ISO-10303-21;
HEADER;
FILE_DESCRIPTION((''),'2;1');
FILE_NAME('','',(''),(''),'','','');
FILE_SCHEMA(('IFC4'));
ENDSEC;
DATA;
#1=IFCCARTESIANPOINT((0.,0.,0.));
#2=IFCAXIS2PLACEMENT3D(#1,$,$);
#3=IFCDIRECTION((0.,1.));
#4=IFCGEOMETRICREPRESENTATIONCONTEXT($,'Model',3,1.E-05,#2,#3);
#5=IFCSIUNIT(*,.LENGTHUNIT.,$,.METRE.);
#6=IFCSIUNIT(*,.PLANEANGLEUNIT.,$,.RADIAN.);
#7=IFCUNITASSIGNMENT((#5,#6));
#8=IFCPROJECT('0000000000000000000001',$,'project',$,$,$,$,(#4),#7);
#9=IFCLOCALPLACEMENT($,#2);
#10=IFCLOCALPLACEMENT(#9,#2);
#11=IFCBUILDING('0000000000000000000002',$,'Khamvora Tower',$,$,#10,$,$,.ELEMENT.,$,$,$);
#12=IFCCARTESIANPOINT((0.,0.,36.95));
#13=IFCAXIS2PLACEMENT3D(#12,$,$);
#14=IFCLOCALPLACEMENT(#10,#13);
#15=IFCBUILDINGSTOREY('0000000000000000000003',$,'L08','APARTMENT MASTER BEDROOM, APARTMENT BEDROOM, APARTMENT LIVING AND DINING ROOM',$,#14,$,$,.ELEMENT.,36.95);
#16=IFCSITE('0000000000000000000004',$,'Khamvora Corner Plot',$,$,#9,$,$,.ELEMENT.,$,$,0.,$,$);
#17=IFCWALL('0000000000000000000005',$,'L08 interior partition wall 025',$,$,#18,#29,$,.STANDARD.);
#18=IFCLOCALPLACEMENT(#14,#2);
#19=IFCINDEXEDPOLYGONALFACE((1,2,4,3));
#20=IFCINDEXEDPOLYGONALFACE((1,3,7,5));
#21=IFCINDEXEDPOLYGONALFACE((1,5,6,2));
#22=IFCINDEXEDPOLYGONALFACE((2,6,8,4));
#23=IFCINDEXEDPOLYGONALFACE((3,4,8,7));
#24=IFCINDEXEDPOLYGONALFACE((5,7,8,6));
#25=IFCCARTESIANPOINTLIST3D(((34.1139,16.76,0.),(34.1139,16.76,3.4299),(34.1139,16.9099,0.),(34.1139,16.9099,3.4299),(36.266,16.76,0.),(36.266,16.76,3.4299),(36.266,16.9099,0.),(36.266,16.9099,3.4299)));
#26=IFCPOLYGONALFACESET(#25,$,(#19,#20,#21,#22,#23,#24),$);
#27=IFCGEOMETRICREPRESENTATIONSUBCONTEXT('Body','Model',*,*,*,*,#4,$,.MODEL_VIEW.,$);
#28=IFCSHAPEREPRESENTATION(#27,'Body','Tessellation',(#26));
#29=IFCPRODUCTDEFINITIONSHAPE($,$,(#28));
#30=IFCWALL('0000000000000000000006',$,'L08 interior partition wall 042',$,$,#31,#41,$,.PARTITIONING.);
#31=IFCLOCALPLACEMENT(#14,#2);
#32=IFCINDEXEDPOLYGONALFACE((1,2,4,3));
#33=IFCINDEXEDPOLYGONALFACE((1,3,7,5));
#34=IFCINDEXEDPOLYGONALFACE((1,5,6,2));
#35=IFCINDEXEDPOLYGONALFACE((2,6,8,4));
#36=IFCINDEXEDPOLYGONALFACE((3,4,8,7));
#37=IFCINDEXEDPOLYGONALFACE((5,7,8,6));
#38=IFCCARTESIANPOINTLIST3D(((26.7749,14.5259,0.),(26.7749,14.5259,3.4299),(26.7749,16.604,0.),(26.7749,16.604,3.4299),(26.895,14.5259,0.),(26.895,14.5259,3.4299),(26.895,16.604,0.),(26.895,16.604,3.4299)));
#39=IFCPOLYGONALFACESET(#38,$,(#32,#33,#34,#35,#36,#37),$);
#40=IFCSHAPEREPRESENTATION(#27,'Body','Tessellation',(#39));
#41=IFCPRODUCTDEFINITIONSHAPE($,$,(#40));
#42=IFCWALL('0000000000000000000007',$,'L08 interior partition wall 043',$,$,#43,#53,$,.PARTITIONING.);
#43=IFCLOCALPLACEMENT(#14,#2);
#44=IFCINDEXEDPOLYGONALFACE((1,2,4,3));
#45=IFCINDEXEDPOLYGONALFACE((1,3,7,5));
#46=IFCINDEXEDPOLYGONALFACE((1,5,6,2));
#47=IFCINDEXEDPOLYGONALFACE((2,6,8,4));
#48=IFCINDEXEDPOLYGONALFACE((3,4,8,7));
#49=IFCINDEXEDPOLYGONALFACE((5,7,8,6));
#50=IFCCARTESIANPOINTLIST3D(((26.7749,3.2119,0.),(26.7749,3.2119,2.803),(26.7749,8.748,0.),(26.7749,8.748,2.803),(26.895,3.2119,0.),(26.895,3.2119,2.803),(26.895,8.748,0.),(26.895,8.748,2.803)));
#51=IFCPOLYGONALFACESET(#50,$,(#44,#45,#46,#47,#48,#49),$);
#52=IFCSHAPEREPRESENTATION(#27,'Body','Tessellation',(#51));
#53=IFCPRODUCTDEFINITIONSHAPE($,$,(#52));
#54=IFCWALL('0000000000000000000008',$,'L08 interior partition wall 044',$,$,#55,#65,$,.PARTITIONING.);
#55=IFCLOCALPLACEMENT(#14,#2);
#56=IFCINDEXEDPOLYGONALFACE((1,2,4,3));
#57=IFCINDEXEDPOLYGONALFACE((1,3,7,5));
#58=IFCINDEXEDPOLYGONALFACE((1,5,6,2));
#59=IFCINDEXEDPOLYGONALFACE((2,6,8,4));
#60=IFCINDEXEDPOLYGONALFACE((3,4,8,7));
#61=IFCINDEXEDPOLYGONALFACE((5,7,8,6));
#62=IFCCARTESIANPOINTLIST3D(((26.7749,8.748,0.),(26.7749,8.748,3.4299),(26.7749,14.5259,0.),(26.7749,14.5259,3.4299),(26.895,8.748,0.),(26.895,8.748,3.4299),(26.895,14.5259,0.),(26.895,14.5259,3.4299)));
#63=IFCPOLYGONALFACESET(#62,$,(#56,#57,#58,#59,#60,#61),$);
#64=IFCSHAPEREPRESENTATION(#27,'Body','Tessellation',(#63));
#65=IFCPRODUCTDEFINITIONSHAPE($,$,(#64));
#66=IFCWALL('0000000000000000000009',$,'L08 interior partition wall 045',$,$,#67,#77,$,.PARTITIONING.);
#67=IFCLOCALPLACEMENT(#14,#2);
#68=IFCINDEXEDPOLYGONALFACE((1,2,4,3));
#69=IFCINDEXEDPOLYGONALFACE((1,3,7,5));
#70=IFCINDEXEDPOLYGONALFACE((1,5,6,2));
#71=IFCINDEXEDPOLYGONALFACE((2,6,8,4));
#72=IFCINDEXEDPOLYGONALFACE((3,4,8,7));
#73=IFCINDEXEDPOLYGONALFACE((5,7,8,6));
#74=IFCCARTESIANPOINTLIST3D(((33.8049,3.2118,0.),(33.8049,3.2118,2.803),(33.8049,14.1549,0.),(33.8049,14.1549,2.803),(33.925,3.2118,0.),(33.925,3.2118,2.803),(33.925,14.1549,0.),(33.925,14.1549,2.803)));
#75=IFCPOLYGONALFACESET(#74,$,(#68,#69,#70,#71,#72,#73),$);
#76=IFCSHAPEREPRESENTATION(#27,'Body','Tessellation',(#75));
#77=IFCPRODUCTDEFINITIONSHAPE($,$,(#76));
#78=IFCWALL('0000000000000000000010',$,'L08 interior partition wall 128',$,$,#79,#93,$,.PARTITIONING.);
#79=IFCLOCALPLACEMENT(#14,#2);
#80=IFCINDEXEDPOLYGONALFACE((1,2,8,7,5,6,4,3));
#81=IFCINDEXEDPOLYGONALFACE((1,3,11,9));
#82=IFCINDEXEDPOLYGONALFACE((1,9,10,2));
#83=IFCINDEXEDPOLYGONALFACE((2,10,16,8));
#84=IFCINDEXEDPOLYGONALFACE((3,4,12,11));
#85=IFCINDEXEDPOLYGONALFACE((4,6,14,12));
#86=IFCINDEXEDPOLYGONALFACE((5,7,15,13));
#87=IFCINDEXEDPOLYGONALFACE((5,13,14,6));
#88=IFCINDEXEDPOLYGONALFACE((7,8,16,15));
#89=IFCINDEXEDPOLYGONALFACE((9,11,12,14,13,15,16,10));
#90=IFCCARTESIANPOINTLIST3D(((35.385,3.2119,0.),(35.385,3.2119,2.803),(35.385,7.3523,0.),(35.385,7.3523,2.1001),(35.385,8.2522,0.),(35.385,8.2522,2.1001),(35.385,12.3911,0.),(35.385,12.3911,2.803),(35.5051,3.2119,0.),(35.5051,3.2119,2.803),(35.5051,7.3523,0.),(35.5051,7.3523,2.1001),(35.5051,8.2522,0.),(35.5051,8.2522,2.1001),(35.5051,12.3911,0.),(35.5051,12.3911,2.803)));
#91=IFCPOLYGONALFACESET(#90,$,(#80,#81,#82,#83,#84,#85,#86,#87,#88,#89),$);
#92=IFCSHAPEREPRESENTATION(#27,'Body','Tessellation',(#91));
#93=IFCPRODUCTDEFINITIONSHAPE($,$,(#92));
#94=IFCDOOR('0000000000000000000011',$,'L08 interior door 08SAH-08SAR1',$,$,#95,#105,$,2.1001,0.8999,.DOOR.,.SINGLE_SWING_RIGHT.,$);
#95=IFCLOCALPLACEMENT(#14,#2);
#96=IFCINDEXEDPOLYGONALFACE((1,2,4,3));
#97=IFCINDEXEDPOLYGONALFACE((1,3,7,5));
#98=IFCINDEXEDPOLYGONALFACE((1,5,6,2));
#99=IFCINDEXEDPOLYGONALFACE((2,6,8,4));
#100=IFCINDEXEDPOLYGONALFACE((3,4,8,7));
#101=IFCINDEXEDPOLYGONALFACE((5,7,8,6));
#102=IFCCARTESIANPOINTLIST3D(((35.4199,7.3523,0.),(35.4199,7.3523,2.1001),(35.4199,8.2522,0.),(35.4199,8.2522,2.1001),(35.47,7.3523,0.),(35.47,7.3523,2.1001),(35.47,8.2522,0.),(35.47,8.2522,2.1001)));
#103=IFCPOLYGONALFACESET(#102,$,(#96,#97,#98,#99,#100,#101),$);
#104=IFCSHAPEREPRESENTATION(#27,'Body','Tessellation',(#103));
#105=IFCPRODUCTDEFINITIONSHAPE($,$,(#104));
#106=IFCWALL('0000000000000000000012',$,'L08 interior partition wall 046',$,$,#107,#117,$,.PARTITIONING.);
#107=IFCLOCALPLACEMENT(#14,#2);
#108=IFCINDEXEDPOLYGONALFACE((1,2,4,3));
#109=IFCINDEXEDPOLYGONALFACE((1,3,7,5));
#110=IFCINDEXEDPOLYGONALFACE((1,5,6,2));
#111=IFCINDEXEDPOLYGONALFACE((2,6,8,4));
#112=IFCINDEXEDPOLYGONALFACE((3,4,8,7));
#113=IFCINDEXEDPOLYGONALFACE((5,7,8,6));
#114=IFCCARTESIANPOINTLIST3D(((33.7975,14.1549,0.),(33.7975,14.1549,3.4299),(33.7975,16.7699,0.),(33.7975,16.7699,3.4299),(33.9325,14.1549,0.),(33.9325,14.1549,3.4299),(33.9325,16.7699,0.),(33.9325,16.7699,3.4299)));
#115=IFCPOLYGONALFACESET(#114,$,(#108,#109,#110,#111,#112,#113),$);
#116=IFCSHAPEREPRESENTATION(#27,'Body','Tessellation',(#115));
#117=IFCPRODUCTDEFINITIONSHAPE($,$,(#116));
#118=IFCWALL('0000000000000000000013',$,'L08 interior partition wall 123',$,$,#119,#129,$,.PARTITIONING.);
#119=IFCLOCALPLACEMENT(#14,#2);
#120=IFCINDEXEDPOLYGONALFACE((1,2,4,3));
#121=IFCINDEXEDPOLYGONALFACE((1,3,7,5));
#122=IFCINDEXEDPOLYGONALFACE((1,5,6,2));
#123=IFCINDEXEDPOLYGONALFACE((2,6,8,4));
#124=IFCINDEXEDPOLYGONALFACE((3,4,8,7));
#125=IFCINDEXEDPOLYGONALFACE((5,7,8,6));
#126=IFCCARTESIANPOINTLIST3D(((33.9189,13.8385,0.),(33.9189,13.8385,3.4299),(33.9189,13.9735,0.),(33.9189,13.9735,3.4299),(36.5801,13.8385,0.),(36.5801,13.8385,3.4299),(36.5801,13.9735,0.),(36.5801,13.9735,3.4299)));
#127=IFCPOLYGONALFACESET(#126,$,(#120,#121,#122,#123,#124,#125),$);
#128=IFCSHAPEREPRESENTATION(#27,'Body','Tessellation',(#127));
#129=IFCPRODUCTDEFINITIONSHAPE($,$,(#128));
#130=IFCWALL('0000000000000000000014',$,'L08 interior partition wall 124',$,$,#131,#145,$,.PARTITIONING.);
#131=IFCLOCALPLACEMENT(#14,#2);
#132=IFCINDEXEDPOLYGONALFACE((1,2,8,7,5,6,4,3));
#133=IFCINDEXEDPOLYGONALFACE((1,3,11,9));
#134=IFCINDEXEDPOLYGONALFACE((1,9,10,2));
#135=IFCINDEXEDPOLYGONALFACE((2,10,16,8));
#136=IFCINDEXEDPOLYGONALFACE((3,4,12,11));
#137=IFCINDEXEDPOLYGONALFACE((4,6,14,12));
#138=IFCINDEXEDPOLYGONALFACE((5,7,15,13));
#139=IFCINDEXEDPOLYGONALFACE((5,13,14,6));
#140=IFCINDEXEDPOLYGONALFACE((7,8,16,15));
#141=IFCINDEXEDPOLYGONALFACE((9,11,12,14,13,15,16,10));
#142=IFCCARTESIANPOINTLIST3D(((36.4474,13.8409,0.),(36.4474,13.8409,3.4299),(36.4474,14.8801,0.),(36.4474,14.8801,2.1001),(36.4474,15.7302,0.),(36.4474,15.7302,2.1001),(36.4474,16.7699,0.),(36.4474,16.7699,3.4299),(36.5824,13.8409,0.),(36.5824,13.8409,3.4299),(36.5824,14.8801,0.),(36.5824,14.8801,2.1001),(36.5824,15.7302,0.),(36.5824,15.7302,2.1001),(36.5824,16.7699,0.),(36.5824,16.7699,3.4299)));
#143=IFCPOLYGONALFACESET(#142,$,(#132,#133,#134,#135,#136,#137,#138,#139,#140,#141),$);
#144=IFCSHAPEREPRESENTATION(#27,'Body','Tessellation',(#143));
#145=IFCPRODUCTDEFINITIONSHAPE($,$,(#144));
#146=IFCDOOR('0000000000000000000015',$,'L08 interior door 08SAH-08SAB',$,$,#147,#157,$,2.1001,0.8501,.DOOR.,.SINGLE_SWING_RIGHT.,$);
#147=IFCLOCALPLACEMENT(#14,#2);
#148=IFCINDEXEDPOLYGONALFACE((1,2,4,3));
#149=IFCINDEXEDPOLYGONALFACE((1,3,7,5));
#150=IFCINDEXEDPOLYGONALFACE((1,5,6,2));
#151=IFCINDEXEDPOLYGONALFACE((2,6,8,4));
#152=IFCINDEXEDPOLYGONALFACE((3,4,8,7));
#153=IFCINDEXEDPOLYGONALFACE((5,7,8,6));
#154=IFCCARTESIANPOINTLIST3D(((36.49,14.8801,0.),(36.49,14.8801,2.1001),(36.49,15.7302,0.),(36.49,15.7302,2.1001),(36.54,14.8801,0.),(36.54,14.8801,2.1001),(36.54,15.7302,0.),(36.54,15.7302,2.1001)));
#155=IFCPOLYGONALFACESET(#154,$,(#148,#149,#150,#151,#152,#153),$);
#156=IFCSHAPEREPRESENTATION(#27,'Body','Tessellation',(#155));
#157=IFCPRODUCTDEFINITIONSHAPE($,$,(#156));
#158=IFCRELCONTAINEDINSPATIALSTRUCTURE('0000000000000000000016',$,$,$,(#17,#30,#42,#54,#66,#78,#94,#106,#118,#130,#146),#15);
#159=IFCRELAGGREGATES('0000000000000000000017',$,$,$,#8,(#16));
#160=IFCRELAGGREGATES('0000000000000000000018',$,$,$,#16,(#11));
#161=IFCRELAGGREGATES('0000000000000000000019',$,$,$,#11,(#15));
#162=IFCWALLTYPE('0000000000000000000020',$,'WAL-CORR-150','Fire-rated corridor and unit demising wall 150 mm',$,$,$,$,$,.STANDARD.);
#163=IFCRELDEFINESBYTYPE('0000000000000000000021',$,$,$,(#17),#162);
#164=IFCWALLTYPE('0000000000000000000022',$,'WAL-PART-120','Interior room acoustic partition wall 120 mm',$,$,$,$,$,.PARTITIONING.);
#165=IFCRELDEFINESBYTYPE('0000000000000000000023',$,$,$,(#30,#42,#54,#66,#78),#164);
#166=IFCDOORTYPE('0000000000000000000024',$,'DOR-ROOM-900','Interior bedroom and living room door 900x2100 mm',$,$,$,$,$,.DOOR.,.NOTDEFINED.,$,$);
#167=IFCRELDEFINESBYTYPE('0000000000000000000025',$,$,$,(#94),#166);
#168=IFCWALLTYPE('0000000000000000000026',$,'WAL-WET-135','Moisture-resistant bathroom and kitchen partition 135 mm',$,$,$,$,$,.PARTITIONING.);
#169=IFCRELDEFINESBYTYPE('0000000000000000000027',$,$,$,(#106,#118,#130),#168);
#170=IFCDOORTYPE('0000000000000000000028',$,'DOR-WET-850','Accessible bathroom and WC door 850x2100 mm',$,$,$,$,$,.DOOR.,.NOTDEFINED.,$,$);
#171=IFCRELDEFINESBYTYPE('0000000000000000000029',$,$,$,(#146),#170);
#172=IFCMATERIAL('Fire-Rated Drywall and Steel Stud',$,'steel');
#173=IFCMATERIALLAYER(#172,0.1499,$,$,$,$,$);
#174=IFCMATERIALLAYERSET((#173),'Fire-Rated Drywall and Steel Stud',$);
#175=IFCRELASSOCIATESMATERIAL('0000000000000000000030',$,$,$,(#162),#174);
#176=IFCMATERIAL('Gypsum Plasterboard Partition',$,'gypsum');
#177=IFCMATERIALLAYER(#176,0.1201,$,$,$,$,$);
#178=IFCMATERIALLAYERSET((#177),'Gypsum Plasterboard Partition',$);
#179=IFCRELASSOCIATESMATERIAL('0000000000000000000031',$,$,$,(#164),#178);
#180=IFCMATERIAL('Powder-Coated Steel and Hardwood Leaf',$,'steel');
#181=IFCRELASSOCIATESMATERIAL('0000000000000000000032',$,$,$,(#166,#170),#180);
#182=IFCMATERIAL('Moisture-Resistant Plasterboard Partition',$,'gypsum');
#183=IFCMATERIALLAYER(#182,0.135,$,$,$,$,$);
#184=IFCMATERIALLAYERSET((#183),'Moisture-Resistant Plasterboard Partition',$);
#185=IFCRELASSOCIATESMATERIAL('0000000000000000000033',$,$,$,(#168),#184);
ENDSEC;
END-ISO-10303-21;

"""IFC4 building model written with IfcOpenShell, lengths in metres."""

from ifc_helpers import new_model, si_unit, direction, frame, frame_2d, origin, place, context, subcontext, project, spatial, rectangle, extrude, material, layer, layer_set, type_object, element, fill, save


model = new_model("IFC4")

# Units and contexts
model_context = context("Model", 3, precision=1e-05, world=origin(), true_north=direction((0.0, 1.0)))
body_context = subcontext(model_context, "Body", "Model", "MODEL_VIEW")
ifc_project = project(units=[si_unit("LENGTHUNIT", "METRE"), si_unit("PLANEANGLEUNIT", "RADIAN")], contexts=[model_context])

# Site, building, storey
site_placement = place(None, origin())
site = spatial("IfcSite", under=ifc_project, at=site_placement, Name="Khamvora Corner Plot", CompositionType="ELEMENT", RefElevation=0.0)
building_placement = place(site_placement, origin())
building = spatial("IfcBuilding", under=site, at=building_placement, Name="Khamvora Tower", CompositionType="ELEMENT")
storey_placement = place(building_placement, frame((0.0, 0.0, 36.95)))
storey = spatial("IfcBuildingStorey", under=building, at=storey_placement, Name="L08", Description="APARTMENT MASTER BEDROOM, APARTMENT BEDROOM, APARTMENT LIVING AND DINING ROOM", CompositionType="ELEMENT", Elevation=36.95)

# Shared definitions
ifc_material_1 = material(Name="Fire-Rated Drywall and Steel Stud", Category="steel")
ifc_layer_1 = layer(ifc_material_1, 0.1499)
ifc_layer_set_1 = layer_set([ifc_layer_1], Name="Fire-Rated Drywall and Steel Stud")
wall_type_1 = type_object("IfcWallType", Name="WAL-CORR-150", Description="Fire-rated corridor and unit demising wall 150 mm", PredefinedType="STANDARD", material=ifc_layer_set_1)
ifc_material_2 = material(Name="Powder-Coated Steel and Hardwood Leaf", Category="steel")

# Walls
wall_1_placement = place(storey_placement, frame((36.2661, 16.835, 0.0), z_axis=(0.0, 0.0, 1.0), x_axis=(-1.0, 0.0, 0.0)))
element("IfcWall", 1, at=wall_1_placement, inside=storey, type_object=wall_type_1, Name="L08 interior partition wall 025", PredefinedType="STANDARD", context=body_context, shape_type="SweptSolid", body=[
    extrude(rectangle(XDim=2.1521, YDim=0.1499, at=frame_2d((1.0762, 0.0))), origin(), (0.0, 0.0, 1.0), 3.4299),
])
ifc_material_3 = material(Name="Gypsum Plasterboard Partition", Category="gypsum")
ifc_layer_2 = layer(ifc_material_3, 0.1201)
ifc_layer_set_2 = layer_set([ifc_layer_2], Name="Gypsum Plasterboard Partition")
wall_type_2 = type_object("IfcWallType", Name="WAL-PART-120", Description="Interior room acoustic partition wall 120 mm", PredefinedType="PARTITIONING", material=ifc_layer_set_2)
wall_2_placement = place(storey_placement, frame((26.835, 14.5259, 0.0), z_axis=(0.0, 0.0, 1.0), x_axis=(0.0, 1.0, 0.0)))
element("IfcWall", 2, at=wall_2_placement, inside=storey, type_object=wall_type_2, Name="L08 interior partition wall 042", PredefinedType="PARTITIONING", context=body_context, shape_type="SweptSolid", body=[
    extrude(rectangle(XDim=2.0781, YDim=0.1201, at=frame_2d((1.0391, 0.0))), origin(), (0.0, 0.0, 1.0), 3.4299),
])
wall_3_placement = place(storey_placement, frame((26.835, 3.2119, 0.0), z_axis=(0.0, 0.0, 1.0), x_axis=(0.0, 1.0, 0.0)))
element("IfcWall", 3, at=wall_3_placement, inside=storey, type_object=wall_type_2, Name="L08 interior partition wall 043", PredefinedType="PARTITIONING", context=body_context, shape_type="SweptSolid", body=[
    extrude(rectangle(XDim=5.5361, YDim=0.1201, at=frame_2d((2.7681, 0.0))), origin(), (0.0, 0.0, 1.0), 2.803),
])
wall_4_placement = place(storey_placement, frame((26.835, 8.748, 0.0), z_axis=(0.0, 0.0, 1.0), x_axis=(0.0, 1.0, 0.0)))
element("IfcWall", 4, at=wall_4_placement, inside=storey, type_object=wall_type_2, Name="L08 interior partition wall 044", PredefinedType="PARTITIONING", context=body_context, shape_type="SweptSolid", body=[
    extrude(rectangle(XDim=5.7778, YDim=0.1201, at=frame_2d((2.8889, 0.0))), origin(), (0.0, 0.0, 1.0), 3.4299),
])
wall_5_placement = place(storey_placement, frame((33.865, 14.155, 0.0), z_axis=(0.0, 0.0, 1.0), x_axis=(0.0, -1.0, 0.0)))
element("IfcWall", 5, at=wall_5_placement, inside=storey, type_object=wall_type_2, Name="L08 interior partition wall 045", PredefinedType="PARTITIONING", context=body_context, shape_type="SweptSolid", body=[
    extrude(rectangle(XDim=10.9431, YDim=0.1201, at=frame_2d((5.4717, 0.0))), origin(), (0.0, 0.0, 1.0), 2.803),
])

# Wall, opening, door
wall_6_placement = place(storey_placement, frame((35.4451, 12.3911, 0.0), z_axis=(0.0, 0.0, 1.0), x_axis=(0.0, -1.0, 0.0)))
wall_6 = element("IfcWall", 6, at=wall_6_placement, inside=storey, type_object=wall_type_2, Name="L08 interior partition wall 128", PredefinedType="PARTITIONING", context=body_context, shape_type="SweptSolid", body=[
    extrude(rectangle(XDim=9.1792, YDim=0.1201, at=frame_2d((4.5896, 0.0))), origin(), (0.0, 0.0, 1.0), 2.803),
])
opening_1_placement = place(wall_6_placement, frame((4.1389, 0.0, 0.0)))
opening_1 = element("IfcOpeningElement", 7, at=opening_1_placement, cuts=wall_6, PredefinedType="OPENING", context=body_context, shape_type="SweptSolid", body=[
    extrude(rectangle(XDim=0.8999, YDim=2.1001, at=frame_2d((0.45, 1.05))), frame((0.0, 0.0701, 0.0), z_axis=(0.0, -1.0, 0.0), x_axis=(1.0, 0.0, 0.0)), (0.0, 0.0, 1.0), 0.1401),
])
door_type_1 = type_object("IfcDoorType", Name="DOR-ROOM-900", Description="Interior bedroom and living room door 900x2100 mm", OperationType="NOTDEFINED", PredefinedType="DOOR", material=ifc_material_2)
door_1_placement = place(opening_1_placement, origin())
door_1 = element("IfcDoor", 8, at=door_1_placement, inside=storey, type_object=door_type_1, Name="L08 interior door 08SAH-08SAR1", OperationType="SINGLE_SWING_RIGHT", OverallHeight=2.1001, OverallWidth=0.8999, PredefinedType="DOOR", context=body_context, shape_type="SweptSolid", body=[
    extrude(rectangle(XDim=0.8999, YDim=2.1001, at=frame_2d((0.45, 1.05))), frame((0.0, 0.0249, 0.0), z_axis=(0.0, -1.0, 0.0), x_axis=(1.0, 0.0, 0.0)), (0.0, 0.0, 1.0), 0.05),
])
fill(opening_1, door_1)

# Walls
ifc_material_4 = material(Name="Moisture-Resistant Plasterboard Partition", Category="gypsum")
ifc_layer_3 = layer(ifc_material_4, 0.135)
ifc_layer_set_3 = layer_set([ifc_layer_3], Name="Moisture-Resistant Plasterboard Partition")
wall_type_3 = type_object("IfcWallType", Name="WAL-WET-135", Description="Moisture-resistant bathroom and kitchen partition 135 mm", PredefinedType="PARTITIONING", material=ifc_layer_set_3)
wall_7_placement = place(storey_placement, frame((33.865, 16.77, 0.0), z_axis=(0.0, 0.0, 1.0), x_axis=(0.0, -1.0, 0.0)))
element("IfcWall", 9, at=wall_7_placement, inside=storey, type_object=wall_type_3, Name="L08 interior partition wall 046", PredefinedType="PARTITIONING", context=body_context, shape_type="SweptSolid", body=[
    extrude(rectangle(XDim=2.615, YDim=0.135, at=frame_2d((1.3076, 0.0))), origin(), (0.0, 0.0, 1.0), 3.4299),
])
wall_8_placement = place(storey_placement, frame((33.9189, 13.906, 0.0), z_axis=(0.0, 0.0, 1.0), x_axis=(1.0, 0.0, 0.0)))
element("IfcWall", 10, at=wall_8_placement, inside=storey, type_object=wall_type_3, Name="L08 interior partition wall 123", PredefinedType="PARTITIONING", context=body_context, shape_type="SweptSolid", body=[
    extrude(rectangle(XDim=2.6611, YDim=0.135, at=frame_2d((1.3306, 0.0))), origin(), (0.0, 0.0, 1.0), 3.4299),
])

# Wall, opening, door
wall_9_placement = place(storey_placement, frame((36.5149, 13.8411, 0.0), z_axis=(0.0, 0.0, 1.0), x_axis=(0.0, 1.0, 0.0)))
wall_9 = element("IfcWall", 11, at=wall_9_placement, inside=storey, type_object=wall_type_3, Name="L08 interior partition wall 124", PredefinedType="PARTITIONING", context=body_context, shape_type="SweptSolid", body=[
    extrude(rectangle(XDim=2.929, YDim=0.135, at=frame_2d((1.4644, 0.0))), origin(), (0.0, 0.0, 1.0), 3.4299),
])
opening_2_placement = place(wall_9_placement, frame((1.0391, 0.0, 0.0)))
opening_2 = element("IfcOpeningElement", 12, at=opening_2_placement, cuts=wall_9, PredefinedType="OPENING", context=body_context, shape_type="SweptSolid", body=[
    extrude(rectangle(XDim=0.8501, YDim=2.1001, at=frame_2d((0.425, 1.05))), frame((0.0, 0.0774, 0.0), z_axis=(0.0, -1.0, 0.0), x_axis=(1.0, 0.0, 0.0)), (0.0, 0.0, 1.0), 0.155),
])
door_type_2 = type_object("IfcDoorType", Name="DOR-WET-850", Description="Accessible bathroom and WC door 850x2100 mm", OperationType="NOTDEFINED", PredefinedType="DOOR", material=ifc_material_2)
door_2_placement = place(opening_2_placement, origin())
door_2 = element("IfcDoor", 13, at=door_2_placement, inside=storey, type_object=door_type_2, Name="L08 interior door 08SAH-08SAB", OperationType="SINGLE_SWING_RIGHT", OverallHeight=2.1001, OverallWidth=0.8501, PredefinedType="DOOR", context=body_context, shape_type="SweptSolid", body=[
    extrude(rectangle(XDim=0.8501, YDim=2.1001, at=frame_2d((0.425, 1.05))), frame((0.0, 0.0249, 0.0), z_axis=(0.0, -1.0, 0.0), x_axis=(1.0, 0.0, 0.0)), (0.0, 0.0, 1.0), 0.05),
])
fill(opening_2, door_2)

save(model, "model.ifc")
